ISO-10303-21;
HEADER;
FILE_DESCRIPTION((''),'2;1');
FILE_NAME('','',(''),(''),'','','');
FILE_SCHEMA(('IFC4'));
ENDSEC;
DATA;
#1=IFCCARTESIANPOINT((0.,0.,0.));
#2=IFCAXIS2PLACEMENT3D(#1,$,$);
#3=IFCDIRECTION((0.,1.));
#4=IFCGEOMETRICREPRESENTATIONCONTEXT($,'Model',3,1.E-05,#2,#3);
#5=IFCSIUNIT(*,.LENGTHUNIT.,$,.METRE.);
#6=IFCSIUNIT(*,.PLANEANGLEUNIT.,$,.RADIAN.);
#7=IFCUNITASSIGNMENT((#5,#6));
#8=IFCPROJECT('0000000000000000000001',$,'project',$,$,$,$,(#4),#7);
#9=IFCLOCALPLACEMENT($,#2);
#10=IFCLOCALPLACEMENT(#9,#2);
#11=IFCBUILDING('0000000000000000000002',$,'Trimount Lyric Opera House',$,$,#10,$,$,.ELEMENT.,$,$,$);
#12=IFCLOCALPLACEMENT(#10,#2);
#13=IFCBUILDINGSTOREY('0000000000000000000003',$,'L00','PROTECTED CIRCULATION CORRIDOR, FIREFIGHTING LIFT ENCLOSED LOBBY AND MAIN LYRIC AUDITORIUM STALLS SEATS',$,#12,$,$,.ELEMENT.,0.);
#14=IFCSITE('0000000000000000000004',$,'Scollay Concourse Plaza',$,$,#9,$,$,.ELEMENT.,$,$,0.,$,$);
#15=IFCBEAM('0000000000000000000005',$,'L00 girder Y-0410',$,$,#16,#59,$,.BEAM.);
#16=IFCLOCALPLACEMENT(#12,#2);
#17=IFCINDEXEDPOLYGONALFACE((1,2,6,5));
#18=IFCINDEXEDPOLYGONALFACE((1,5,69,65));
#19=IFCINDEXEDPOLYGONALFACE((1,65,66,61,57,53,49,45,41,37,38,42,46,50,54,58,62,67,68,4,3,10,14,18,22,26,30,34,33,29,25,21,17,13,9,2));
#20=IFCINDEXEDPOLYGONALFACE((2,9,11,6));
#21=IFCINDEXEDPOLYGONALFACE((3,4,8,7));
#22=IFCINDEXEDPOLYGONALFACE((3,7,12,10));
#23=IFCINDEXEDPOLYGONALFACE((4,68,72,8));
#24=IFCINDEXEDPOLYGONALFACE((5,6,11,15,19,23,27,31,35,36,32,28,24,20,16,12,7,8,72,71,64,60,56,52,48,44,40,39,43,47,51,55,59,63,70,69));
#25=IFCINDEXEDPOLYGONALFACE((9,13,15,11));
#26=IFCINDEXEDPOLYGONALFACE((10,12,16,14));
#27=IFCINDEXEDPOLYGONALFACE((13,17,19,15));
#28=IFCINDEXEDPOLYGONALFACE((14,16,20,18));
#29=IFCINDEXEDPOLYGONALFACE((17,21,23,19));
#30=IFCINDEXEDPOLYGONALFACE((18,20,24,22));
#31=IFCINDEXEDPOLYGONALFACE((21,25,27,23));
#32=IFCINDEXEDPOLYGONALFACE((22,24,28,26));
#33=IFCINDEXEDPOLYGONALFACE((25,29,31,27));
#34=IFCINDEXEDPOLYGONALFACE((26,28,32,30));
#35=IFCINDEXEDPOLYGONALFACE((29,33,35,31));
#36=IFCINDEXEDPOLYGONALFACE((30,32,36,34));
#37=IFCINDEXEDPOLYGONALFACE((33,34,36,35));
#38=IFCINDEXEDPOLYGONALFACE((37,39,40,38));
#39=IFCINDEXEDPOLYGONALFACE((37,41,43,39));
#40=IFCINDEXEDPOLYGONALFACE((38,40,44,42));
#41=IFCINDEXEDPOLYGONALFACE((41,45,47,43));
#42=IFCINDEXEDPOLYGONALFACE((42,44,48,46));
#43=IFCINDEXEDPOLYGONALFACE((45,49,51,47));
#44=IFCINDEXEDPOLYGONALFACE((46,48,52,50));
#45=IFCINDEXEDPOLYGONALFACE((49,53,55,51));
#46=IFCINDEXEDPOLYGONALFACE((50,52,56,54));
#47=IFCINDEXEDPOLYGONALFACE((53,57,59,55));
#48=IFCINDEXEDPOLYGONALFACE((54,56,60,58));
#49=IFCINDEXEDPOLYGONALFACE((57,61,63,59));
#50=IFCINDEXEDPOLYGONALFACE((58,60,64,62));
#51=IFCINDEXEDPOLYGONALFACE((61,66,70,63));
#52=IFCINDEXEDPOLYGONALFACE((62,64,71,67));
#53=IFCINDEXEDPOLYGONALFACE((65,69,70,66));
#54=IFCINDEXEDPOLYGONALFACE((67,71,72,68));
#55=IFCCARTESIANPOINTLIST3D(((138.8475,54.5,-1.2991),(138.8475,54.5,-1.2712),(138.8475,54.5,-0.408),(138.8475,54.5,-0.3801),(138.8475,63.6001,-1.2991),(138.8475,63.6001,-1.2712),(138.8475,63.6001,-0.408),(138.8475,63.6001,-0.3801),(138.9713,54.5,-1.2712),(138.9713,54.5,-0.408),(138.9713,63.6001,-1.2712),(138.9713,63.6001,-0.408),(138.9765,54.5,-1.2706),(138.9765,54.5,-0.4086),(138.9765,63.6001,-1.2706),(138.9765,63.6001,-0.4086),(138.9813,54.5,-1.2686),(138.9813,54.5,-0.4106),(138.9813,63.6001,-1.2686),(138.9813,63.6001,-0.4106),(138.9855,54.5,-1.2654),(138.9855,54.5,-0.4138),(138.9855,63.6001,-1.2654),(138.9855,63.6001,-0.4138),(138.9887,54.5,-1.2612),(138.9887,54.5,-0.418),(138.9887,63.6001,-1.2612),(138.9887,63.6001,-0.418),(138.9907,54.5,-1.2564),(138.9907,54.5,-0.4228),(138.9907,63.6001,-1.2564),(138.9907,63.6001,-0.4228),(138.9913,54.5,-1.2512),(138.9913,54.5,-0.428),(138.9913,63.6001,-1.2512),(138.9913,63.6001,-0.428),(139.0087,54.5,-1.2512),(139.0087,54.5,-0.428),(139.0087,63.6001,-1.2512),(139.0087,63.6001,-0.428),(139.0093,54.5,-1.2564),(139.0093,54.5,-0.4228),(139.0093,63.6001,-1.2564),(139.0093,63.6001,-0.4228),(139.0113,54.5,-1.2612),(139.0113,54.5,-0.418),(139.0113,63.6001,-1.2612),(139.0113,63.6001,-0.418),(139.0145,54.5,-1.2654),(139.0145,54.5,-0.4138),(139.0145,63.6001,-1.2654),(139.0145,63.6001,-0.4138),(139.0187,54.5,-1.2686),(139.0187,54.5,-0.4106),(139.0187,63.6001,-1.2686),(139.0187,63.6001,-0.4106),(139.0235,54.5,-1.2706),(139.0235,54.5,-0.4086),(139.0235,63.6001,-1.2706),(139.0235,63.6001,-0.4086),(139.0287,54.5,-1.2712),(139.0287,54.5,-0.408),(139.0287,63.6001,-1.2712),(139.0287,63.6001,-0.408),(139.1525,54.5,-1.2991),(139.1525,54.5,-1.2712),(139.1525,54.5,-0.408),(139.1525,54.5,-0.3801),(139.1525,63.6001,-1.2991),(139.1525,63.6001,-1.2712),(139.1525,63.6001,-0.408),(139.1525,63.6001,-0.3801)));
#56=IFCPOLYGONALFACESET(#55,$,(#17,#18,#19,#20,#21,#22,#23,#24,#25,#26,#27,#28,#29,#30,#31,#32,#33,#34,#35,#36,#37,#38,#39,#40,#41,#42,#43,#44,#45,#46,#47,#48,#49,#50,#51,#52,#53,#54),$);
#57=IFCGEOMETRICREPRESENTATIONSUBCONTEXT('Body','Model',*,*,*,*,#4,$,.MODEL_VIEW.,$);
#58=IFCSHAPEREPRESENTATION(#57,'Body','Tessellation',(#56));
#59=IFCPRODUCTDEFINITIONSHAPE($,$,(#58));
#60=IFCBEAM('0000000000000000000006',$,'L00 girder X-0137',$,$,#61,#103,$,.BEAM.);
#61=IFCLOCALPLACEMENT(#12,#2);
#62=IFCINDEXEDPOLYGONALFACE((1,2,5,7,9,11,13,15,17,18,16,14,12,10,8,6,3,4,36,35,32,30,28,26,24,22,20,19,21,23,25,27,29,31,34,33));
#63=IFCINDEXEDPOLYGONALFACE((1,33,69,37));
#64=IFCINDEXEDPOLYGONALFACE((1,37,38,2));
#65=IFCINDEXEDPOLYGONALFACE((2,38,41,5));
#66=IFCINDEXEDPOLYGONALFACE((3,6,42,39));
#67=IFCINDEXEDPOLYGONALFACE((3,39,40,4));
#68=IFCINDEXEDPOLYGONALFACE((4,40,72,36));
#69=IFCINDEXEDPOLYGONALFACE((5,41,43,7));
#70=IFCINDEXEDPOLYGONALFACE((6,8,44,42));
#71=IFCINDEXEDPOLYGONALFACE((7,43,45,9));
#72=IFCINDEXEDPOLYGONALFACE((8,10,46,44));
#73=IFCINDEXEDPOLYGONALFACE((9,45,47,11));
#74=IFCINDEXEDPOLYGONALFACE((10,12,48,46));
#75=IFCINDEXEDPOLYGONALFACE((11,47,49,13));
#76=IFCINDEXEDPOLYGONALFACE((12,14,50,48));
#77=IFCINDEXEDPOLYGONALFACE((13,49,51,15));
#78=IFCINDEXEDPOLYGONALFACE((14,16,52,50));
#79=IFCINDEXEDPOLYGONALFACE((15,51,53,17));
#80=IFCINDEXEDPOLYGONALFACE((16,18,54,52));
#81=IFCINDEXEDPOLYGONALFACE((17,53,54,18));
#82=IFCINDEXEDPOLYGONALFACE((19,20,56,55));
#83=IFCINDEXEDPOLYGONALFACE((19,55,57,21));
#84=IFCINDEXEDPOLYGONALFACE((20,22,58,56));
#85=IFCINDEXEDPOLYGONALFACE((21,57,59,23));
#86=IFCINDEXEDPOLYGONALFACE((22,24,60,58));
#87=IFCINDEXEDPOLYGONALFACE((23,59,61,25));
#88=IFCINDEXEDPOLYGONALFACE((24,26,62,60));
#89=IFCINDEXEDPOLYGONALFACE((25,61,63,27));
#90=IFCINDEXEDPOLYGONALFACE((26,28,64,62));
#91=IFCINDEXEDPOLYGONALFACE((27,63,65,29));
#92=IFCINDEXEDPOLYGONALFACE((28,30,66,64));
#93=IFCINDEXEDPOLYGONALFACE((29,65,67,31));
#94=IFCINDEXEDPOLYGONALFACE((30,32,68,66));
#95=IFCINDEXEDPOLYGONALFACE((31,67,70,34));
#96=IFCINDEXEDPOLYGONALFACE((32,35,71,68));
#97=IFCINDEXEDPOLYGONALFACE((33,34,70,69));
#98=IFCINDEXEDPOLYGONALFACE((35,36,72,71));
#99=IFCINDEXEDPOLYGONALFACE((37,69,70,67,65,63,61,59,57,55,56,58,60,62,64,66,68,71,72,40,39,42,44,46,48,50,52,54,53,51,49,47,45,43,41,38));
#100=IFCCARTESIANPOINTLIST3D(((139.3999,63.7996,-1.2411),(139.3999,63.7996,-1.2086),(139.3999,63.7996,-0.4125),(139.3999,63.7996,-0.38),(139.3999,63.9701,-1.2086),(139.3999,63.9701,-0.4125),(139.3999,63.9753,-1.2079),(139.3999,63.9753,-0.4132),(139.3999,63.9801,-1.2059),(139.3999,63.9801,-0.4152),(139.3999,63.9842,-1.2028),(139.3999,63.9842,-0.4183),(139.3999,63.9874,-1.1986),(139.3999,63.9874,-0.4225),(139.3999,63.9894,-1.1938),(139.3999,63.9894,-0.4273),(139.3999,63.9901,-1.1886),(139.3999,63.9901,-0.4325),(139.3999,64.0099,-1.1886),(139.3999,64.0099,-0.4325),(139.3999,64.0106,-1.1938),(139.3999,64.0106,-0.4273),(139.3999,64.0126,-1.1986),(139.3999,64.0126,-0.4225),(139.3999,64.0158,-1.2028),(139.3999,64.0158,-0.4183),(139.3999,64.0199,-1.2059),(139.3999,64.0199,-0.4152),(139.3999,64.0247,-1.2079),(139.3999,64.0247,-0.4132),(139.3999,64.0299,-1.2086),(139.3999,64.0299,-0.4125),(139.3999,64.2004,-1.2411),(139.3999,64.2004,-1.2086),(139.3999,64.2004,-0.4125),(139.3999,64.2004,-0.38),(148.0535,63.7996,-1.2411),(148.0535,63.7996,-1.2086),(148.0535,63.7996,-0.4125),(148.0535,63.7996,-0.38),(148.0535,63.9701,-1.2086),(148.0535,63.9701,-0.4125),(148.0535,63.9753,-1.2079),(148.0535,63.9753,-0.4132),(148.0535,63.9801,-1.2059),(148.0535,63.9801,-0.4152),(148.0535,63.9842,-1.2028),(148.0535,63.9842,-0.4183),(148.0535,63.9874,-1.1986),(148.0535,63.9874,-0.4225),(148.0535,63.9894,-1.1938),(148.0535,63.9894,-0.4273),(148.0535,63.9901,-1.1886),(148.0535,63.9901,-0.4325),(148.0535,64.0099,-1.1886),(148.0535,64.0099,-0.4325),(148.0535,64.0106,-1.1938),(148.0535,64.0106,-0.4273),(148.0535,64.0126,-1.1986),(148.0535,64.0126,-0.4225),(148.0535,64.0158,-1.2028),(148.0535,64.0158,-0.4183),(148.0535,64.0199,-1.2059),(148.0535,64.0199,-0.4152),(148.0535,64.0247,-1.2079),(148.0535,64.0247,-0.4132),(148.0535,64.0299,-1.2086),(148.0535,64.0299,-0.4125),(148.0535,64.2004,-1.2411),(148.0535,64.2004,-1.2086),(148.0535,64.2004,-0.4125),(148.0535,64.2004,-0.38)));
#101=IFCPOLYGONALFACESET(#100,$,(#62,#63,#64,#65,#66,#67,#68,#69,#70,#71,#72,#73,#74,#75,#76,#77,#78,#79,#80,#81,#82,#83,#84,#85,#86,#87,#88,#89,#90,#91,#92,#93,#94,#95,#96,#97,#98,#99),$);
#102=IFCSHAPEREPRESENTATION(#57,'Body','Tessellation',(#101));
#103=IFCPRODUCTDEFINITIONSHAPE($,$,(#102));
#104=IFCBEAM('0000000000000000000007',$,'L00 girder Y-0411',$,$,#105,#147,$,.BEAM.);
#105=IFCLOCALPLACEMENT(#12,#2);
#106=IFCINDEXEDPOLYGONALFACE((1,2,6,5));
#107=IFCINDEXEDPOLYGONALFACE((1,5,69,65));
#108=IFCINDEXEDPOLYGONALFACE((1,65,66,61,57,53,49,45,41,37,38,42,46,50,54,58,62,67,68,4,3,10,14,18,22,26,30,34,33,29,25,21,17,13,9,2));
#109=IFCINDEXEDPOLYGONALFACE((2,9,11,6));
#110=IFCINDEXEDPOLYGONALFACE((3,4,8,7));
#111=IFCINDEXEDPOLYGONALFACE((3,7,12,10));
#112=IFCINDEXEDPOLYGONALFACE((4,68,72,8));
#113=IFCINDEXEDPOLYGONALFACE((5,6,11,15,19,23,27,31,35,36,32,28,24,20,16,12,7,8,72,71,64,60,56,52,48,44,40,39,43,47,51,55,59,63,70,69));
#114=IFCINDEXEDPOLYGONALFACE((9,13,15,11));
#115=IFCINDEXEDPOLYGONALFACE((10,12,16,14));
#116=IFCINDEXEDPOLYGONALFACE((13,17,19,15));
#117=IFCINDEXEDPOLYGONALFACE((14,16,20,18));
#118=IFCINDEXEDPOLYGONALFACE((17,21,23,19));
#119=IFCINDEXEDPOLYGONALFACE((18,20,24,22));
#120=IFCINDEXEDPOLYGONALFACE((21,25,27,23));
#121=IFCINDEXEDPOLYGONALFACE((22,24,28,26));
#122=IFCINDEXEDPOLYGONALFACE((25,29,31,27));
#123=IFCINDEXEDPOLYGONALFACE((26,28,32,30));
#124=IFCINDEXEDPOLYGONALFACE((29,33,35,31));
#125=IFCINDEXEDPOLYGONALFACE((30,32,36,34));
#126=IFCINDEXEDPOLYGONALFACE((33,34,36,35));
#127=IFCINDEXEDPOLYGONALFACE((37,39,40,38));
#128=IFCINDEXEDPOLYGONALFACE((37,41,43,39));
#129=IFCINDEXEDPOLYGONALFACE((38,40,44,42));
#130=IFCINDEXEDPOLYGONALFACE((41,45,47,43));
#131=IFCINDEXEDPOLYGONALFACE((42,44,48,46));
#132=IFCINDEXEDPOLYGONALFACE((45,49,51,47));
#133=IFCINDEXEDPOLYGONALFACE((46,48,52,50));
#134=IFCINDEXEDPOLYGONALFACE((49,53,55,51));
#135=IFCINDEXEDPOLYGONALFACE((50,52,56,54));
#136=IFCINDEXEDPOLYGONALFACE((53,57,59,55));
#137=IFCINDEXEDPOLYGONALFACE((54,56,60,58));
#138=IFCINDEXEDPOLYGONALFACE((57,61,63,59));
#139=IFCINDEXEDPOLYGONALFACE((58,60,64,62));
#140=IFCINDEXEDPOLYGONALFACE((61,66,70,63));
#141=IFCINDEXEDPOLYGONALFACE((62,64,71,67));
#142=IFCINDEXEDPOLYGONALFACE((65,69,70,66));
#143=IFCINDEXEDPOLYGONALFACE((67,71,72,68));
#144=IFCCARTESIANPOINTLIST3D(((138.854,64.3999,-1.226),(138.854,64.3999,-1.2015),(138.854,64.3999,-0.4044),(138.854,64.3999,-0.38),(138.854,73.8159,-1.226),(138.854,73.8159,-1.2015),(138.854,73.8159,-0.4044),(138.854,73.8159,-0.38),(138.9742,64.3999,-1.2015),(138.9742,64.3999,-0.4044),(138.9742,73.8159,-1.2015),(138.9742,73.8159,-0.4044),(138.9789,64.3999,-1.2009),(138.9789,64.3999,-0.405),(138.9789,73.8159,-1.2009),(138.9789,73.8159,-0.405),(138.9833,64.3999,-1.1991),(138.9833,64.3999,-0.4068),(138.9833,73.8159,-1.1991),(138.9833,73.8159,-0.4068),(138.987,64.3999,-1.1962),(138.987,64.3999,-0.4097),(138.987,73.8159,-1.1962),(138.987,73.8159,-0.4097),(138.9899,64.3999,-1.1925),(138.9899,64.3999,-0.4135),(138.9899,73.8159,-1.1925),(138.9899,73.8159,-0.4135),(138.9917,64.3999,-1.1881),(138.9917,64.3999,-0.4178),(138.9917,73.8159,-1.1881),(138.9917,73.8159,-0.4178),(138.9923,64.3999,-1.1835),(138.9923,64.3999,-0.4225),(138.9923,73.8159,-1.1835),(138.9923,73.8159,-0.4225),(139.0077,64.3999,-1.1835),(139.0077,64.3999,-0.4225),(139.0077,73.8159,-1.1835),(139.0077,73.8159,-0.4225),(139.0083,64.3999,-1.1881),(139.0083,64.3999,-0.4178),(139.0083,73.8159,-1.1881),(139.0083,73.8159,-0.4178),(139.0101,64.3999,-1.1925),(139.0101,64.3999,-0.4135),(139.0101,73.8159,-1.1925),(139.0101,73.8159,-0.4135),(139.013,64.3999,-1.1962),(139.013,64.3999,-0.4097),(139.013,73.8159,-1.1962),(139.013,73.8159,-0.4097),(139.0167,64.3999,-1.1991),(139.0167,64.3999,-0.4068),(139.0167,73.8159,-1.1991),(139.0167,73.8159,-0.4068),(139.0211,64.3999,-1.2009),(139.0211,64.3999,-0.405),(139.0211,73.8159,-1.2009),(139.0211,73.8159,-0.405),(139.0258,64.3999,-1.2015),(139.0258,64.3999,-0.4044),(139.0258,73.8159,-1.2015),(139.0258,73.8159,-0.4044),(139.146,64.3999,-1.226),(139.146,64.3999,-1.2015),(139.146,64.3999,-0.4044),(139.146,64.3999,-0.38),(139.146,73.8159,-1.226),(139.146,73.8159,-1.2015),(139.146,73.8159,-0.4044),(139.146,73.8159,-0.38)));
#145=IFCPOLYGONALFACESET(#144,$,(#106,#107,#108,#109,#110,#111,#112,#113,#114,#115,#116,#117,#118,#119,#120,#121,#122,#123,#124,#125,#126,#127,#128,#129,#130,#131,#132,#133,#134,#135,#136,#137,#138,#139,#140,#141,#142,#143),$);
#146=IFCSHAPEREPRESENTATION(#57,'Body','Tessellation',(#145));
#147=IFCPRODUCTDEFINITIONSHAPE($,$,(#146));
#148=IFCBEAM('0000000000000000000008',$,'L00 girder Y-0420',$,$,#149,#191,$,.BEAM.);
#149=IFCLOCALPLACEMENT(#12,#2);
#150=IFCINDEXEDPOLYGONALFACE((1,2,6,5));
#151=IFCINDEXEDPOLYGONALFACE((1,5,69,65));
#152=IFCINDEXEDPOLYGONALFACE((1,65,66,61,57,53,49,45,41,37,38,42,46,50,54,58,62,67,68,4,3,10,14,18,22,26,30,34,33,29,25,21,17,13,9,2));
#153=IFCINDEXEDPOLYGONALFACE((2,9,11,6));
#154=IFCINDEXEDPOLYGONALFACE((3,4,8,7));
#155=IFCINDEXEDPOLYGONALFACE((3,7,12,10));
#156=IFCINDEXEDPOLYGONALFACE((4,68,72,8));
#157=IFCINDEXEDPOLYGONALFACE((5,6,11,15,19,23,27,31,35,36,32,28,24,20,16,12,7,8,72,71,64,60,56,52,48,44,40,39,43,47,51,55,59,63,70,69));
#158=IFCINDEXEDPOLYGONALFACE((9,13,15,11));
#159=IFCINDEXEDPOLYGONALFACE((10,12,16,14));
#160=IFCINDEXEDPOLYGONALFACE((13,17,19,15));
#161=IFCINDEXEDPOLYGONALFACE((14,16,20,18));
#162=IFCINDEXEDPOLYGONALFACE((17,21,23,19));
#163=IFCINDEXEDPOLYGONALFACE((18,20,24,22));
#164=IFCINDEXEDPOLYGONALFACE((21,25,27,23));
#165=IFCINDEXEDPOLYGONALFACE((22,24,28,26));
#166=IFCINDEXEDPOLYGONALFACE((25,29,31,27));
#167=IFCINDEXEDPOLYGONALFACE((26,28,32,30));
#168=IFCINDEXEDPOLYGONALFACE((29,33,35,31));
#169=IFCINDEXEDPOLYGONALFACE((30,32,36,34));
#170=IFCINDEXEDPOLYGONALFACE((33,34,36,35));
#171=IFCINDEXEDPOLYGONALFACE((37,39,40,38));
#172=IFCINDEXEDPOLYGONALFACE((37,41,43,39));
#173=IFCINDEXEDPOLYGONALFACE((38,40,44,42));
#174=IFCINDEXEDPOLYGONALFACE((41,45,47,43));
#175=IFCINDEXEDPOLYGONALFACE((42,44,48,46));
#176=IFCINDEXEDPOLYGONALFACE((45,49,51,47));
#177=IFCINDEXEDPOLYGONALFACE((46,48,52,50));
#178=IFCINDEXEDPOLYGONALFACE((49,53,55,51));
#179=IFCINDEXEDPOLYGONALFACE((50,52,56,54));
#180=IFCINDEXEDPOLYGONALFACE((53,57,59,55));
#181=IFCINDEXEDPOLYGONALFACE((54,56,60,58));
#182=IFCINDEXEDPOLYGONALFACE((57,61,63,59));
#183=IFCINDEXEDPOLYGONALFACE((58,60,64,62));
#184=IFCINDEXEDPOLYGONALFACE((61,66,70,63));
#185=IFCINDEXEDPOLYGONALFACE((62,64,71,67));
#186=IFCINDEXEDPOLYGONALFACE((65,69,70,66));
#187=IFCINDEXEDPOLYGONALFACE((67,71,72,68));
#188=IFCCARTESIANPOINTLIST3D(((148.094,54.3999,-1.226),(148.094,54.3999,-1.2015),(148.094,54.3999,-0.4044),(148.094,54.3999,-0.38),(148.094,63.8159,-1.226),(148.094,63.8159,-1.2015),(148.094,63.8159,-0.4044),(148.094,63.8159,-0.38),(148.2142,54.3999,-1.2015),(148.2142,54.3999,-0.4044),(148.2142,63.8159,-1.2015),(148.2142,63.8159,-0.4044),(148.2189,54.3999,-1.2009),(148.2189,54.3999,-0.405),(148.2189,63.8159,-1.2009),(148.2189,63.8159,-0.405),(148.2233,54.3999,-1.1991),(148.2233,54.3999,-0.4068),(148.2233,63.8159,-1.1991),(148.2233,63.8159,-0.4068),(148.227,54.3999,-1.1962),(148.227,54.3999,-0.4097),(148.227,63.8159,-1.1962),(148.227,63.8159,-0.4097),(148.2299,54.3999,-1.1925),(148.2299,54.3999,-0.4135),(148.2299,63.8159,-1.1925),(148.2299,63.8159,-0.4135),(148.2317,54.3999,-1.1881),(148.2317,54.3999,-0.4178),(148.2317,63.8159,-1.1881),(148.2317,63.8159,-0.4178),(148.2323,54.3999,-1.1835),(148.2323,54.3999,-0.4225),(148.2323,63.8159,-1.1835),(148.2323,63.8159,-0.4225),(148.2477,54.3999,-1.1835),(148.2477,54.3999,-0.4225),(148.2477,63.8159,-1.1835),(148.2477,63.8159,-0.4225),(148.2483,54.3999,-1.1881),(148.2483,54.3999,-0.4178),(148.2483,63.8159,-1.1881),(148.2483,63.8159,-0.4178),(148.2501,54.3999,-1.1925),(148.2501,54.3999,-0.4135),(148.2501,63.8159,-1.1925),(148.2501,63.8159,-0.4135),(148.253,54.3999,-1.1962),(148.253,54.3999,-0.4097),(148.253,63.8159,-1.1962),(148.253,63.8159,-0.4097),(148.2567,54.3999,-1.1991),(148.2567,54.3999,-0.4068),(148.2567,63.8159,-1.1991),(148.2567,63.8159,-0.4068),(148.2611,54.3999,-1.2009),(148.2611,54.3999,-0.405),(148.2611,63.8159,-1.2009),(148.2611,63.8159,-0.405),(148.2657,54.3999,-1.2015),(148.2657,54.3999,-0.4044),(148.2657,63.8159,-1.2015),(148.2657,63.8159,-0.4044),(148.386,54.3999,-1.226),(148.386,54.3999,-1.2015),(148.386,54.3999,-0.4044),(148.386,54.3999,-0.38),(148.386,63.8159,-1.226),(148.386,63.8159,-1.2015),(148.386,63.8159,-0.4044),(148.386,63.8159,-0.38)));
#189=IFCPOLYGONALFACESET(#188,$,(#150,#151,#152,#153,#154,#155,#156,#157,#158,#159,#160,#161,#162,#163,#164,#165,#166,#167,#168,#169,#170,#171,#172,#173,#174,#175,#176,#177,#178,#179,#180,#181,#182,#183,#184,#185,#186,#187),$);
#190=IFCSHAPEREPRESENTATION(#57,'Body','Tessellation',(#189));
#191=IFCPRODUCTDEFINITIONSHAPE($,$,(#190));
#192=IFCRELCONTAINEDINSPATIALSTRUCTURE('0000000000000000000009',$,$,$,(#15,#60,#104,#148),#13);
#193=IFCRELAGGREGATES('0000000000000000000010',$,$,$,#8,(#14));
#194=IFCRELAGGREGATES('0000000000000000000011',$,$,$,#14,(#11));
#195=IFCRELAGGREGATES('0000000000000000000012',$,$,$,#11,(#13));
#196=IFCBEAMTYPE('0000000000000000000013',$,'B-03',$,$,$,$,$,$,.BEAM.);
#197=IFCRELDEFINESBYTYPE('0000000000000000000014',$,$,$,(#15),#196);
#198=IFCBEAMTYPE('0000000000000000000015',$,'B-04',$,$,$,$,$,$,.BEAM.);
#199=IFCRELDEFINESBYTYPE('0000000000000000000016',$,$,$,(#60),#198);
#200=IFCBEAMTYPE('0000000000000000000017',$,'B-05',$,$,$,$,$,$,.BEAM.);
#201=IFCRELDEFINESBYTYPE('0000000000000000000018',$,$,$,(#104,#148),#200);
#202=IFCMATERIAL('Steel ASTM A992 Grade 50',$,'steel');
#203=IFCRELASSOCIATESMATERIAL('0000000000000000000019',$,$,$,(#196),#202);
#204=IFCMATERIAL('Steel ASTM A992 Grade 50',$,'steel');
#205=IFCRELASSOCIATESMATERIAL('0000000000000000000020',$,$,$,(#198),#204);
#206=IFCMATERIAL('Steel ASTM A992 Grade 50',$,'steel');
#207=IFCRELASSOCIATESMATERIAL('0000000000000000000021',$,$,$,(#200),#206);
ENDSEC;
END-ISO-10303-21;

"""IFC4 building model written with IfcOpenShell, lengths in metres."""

from ifc_helpers import new_model, si_unit, direction, frame, origin, origin_2d, place, context, subcontext, project, spatial, i_section, extrude, material, material_profile, profile_set, type_object, element, save


model = new_model("IFC4")

# Units and contexts
model_context = context("Model", 3, precision=1e-05, world=origin(), true_north=direction((0.0, 1.0)))
body_context = subcontext(model_context, "Body", "Model", "MODEL_VIEW")
ifc_project = project(units=[si_unit("LENGTHUNIT", "METRE"), si_unit("PLANEANGLEUNIT", "RADIAN")], contexts=[model_context])

# Site, building, storey
site_placement = place(None, origin())
site = spatial("IfcSite", under=ifc_project, at=site_placement, Name="Scollay Concourse Plaza", CompositionType="ELEMENT", RefElevation=0.0)
building_placement = place(site_placement, origin())
building = spatial("IfcBuilding", under=site, at=building_placement, Name="Trimount Lyric Opera House", CompositionType="ELEMENT")
storey_placement = place(building_placement, origin())
storey = spatial("IfcBuildingStorey", under=building, at=storey_placement, Name="L00", Description="PROTECTED CIRCULATION CORRIDOR, FIREFIGHTING LIFT ENCLOSED LOBBY AND MAIN LYRIC AUDITORIUM STALLS SEATS", CompositionType="ELEMENT", Elevation=0.0)

# Beams
ifc_material_1 = material(Name="Steel ASTM A992 Grade 50", Category="steel")
ifc_material_profile_1 = material_profile(ifc_material_1, i_section(OverallWidth=0.3049, OverallDepth=0.9189, WebThickness=0.0173, FlangeThickness=0.0278, FilletRadius=0.02, at=origin_2d()), Name="W36X170")
ifc_profile_set_1 = profile_set([ifc_material_profile_1], Name="Steel ASTM A992 Grade 50")
beam_type_1 = type_object("IfcBeamType", Name="B-03", PredefinedType="BEAM", material=ifc_profile_set_1)
for number, where, z_axis, x_axis, name in (
    (1, (139.0, 54.5, -0.8396), (0.0, 1.0, 0.0), (-1.0, 0.0, 0.0), "L00 girder Y-0410"),
):
    element("IfcBeam", number, at=place(storey_placement, frame(where, z_axis=z_axis, x_axis=x_axis)), inside=storey, type_object=beam_type_1, Name=name, PredefinedType="BEAM", context=body_context, shape_type="SweptSolid", body=[
        extrude(i_section(OverallWidth=0.3049, OverallDepth=0.9189, WebThickness=0.0173, FlangeThickness=0.0278, FilletRadius=0.02, at=origin_2d()), origin(), (0.0, 0.0, 1.0), 9.1001),
    ])
ifc_material_2 = material(Name="Steel ASTM A992 Grade 50", Category="steel")
ifc_material_profile_2 = material_profile(ifc_material_2, i_section(OverallWidth=0.4009, OverallDepth=0.8611, WebThickness=0.0198, FlangeThickness=0.0325, FilletRadius=0.02, at=origin_2d()), Name="W33X221")
ifc_profile_set_2 = profile_set([ifc_material_profile_2], Name="Steel ASTM A992 Grade 50")
beam_type_2 = type_object("IfcBeamType", Name="B-04", PredefinedType="BEAM", material=ifc_profile_set_2)
beam_1_placement = place(storey_placement, frame((139.3999, 64.0, -0.8105), z_axis=(1.0, 0.0, 0.0), x_axis=(0.0, 1.0, 0.0)))
element("IfcBeam", 2, at=beam_1_placement, inside=storey, type_object=beam_type_2, Name="L00 girder X-0137", PredefinedType="BEAM", context=body_context, shape_type="SweptSolid", body=[
    extrude(i_section(OverallWidth=0.4009, OverallDepth=0.8611, WebThickness=0.0198, FlangeThickness=0.0325, FilletRadius=0.02, at=origin_2d()), origin(), (0.0, 0.0, 1.0), 8.6536),
])
ifc_material_3 = material(Name="Steel ASTM A992 Grade 50", Category="steel")
ifc_material_profile_3 = material_profile(ifc_material_3, i_section(OverallWidth=0.292, OverallDepth=0.8459, WebThickness=0.0154, FlangeThickness=0.0244, FilletRadius=0.0181, at=origin_2d()), Name="W33X141")
ifc_profile_set_3 = profile_set([ifc_material_profile_3], Name="Steel ASTM A992 Grade 50")
beam_type_3 = type_object("IfcBeamType", Name="B-05", PredefinedType="BEAM", material=ifc_profile_set_3)
for number, where, z_axis, x_axis, name in (
    (3, (139.0, 64.3999, -0.803), (0.0, 1.0, 0.0), (-1.0, 0.0, 0.0), "L00 girder Y-0411"),
    (4, (148.24, 54.3999, -0.803), (0.0, 1.0, 0.0), (-1.0, 0.0, 0.0), "L00 girder Y-0420"),
):
    element("IfcBeam", number, at=place(storey_placement, frame(where, z_axis=z_axis, x_axis=x_axis)), inside=storey, type_object=beam_type_3, Name=name, PredefinedType="BEAM", context=body_context, shape_type="SweptSolid", body=[
        extrude(i_section(OverallWidth=0.292, OverallDepth=0.8459, WebThickness=0.0154, FlangeThickness=0.0244, FilletRadius=0.0181, at=origin_2d()), origin(), (0.0, 0.0, 1.0), 9.416),
    ])

save(model, "model.ifc")
